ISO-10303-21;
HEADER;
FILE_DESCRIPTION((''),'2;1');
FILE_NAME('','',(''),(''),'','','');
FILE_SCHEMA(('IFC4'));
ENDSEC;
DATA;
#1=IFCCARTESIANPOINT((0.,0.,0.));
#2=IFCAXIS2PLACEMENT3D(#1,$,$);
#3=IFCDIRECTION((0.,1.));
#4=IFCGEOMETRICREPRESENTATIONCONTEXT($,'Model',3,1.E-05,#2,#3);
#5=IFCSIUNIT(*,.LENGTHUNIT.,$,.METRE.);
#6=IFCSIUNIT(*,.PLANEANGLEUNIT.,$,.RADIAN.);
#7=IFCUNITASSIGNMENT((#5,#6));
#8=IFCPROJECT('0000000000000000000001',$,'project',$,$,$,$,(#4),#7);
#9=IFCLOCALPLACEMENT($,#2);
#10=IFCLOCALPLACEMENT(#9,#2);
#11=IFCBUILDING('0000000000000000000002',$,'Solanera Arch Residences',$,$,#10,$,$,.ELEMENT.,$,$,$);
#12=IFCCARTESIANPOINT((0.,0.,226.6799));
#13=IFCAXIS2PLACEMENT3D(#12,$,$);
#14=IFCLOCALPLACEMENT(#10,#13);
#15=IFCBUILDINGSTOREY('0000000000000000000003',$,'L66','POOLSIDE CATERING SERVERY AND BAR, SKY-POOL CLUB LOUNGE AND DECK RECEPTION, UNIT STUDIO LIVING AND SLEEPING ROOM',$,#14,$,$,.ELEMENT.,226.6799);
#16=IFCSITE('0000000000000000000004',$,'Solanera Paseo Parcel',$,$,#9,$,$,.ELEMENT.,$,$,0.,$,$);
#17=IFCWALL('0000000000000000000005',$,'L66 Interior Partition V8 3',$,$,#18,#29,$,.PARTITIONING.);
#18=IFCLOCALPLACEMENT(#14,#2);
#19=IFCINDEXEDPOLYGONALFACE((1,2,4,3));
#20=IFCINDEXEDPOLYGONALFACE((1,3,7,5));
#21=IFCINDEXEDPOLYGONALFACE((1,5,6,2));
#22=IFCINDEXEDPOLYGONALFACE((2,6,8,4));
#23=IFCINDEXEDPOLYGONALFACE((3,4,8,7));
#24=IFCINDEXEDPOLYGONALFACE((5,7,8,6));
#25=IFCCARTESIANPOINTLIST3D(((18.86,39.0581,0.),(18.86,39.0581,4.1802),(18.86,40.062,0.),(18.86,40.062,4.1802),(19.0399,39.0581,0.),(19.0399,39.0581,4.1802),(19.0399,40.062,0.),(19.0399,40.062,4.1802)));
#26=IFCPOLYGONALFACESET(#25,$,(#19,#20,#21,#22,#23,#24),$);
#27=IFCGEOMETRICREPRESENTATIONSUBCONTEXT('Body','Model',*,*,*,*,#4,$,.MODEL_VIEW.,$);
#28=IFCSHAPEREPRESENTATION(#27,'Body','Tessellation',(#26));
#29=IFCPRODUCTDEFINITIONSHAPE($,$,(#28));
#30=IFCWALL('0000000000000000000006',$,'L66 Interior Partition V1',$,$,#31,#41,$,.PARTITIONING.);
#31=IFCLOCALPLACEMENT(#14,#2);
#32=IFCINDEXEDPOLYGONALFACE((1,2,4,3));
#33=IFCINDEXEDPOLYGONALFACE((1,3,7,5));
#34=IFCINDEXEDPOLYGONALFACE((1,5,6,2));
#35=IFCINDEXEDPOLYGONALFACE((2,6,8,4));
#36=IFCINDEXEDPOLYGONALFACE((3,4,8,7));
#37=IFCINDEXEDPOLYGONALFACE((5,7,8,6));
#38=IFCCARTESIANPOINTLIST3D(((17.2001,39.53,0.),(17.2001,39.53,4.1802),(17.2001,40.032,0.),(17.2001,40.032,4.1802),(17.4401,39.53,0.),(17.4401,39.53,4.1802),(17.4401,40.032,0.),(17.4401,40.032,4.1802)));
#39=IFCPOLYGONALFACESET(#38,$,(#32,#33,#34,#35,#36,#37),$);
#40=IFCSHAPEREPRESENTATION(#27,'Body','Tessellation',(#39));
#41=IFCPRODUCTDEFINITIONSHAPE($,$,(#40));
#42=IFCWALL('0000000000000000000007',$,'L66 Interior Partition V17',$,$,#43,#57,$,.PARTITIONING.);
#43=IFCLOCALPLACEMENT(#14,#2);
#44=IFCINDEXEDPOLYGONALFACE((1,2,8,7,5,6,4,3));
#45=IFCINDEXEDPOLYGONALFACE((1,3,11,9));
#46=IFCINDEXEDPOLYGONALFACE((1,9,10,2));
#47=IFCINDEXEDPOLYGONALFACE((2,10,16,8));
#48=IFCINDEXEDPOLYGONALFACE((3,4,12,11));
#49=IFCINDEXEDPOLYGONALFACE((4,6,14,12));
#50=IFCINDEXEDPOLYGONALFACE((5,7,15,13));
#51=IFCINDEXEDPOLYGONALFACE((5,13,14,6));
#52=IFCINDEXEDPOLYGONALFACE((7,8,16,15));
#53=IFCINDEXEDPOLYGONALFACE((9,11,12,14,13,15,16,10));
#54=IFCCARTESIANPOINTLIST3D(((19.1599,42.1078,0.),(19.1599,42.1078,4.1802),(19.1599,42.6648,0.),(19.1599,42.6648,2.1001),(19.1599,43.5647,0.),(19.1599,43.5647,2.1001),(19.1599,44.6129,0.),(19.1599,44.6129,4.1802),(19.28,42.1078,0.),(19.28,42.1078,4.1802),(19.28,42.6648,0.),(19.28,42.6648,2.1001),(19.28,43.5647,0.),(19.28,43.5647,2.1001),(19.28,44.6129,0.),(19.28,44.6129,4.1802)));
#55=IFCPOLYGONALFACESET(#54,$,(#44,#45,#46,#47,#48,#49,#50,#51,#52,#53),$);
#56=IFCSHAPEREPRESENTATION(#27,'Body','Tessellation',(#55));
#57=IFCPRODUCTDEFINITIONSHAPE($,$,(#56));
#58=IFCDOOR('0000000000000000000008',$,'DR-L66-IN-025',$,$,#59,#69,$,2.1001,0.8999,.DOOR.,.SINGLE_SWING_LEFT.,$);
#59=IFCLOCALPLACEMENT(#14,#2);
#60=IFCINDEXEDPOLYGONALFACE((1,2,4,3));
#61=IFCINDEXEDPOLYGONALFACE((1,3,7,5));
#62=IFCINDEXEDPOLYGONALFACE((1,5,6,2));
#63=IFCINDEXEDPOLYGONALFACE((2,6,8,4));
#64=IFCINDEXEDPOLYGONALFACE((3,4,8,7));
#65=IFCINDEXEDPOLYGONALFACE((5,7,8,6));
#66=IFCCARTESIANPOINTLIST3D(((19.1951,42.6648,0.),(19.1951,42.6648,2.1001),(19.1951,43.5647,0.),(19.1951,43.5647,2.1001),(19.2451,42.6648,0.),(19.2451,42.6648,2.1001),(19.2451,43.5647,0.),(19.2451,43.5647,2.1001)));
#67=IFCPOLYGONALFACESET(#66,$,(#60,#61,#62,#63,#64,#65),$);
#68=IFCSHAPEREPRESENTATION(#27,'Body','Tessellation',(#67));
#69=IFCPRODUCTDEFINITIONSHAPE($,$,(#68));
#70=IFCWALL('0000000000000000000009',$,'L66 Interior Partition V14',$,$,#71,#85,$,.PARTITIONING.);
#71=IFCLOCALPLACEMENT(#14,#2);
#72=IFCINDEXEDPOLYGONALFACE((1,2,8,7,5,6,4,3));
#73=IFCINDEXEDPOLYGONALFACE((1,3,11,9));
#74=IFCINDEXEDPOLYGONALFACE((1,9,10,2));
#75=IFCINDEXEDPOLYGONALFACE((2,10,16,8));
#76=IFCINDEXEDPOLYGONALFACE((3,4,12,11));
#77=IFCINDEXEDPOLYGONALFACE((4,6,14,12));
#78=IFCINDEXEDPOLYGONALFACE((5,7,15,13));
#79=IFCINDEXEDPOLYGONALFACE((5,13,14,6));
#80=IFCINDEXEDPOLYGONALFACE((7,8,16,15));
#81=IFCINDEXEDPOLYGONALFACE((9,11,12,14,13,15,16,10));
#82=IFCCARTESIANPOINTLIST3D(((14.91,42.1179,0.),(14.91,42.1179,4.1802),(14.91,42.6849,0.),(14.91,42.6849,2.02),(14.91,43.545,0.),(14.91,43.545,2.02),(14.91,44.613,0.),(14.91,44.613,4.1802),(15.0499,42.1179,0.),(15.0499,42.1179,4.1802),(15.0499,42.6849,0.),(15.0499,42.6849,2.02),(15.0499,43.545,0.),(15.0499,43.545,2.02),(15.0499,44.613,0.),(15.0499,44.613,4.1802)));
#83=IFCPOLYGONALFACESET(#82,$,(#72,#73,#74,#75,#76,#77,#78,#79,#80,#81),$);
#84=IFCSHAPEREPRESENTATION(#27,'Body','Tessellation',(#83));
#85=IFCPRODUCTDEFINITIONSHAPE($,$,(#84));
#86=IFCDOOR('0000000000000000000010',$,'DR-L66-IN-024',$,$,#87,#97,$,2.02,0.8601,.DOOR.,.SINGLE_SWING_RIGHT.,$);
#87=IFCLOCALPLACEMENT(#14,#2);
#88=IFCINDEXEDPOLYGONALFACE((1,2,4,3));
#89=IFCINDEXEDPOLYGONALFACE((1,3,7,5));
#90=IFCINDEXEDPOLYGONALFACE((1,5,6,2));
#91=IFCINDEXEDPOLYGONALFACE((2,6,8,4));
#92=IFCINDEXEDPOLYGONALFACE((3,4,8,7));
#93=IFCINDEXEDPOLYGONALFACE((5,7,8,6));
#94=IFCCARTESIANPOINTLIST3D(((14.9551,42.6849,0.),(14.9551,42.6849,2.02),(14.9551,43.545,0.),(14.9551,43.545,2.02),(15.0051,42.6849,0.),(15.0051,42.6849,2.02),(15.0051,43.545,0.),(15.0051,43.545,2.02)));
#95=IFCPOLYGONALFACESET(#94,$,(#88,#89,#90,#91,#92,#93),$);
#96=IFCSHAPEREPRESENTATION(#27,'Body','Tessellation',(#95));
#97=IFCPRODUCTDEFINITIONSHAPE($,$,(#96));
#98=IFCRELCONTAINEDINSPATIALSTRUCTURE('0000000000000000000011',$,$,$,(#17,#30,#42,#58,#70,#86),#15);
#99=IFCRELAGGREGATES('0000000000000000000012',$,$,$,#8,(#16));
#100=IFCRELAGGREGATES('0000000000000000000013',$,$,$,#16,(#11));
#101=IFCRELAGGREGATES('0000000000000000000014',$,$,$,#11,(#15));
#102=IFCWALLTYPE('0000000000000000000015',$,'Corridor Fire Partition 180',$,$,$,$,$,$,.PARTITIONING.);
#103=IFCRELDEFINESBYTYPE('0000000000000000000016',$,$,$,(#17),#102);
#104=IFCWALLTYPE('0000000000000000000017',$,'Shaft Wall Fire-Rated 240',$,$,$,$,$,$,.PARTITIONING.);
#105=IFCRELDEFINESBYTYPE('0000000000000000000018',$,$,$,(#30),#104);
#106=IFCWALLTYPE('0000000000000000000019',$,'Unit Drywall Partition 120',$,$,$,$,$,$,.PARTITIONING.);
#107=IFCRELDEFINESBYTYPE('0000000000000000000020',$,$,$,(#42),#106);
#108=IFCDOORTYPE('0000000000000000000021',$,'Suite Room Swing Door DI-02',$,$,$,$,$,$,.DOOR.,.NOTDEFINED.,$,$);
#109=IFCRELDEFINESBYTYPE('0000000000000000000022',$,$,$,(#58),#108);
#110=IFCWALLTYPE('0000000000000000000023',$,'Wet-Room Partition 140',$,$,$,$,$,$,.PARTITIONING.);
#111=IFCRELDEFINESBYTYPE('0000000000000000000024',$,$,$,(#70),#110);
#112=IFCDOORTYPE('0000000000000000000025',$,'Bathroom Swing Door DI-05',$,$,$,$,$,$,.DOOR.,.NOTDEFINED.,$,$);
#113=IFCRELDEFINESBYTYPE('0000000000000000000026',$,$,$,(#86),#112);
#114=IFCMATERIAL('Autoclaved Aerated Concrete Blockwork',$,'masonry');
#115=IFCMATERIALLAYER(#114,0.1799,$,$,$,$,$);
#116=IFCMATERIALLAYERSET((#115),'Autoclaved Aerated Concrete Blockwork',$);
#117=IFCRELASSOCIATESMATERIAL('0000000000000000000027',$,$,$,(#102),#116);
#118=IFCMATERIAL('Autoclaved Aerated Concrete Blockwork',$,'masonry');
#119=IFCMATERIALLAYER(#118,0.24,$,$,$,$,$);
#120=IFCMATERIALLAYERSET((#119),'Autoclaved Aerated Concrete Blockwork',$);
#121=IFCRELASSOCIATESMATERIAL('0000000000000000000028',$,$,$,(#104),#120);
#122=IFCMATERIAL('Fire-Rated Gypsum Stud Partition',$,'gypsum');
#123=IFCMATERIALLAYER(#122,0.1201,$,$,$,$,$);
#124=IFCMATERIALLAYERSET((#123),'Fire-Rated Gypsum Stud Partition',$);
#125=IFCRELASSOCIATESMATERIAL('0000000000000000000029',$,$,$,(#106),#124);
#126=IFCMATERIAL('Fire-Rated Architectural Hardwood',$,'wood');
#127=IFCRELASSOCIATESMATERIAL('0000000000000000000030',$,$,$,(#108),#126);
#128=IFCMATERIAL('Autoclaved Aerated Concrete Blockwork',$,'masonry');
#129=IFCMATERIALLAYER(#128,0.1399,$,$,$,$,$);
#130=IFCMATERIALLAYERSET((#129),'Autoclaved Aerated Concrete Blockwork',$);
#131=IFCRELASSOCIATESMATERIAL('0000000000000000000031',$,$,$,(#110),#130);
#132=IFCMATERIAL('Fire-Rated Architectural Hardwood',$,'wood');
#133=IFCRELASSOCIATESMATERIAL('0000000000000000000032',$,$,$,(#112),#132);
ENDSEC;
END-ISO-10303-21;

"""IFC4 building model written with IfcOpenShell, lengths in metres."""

from ifc_helpers import new_model, si_unit, direction, frame, frame_2d, origin, place, context, subcontext, project, spatial, rectangle, extrude, material, layer, layer_set, type_object, element, fill, save


model = new_model("IFC4")

# Units and contexts
model_context = context("Model", 3, precision=1e-05, world=origin(), true_north=direction((0.0, 1.0)))
body_context = subcontext(model_context, "Body", "Model", "MODEL_VIEW")
ifc_project = project(units=[si_unit("LENGTHUNIT", "METRE"), si_unit("PLANEANGLEUNIT", "RADIAN")], contexts=[model_context])

# Site, building, storey
site_placement = place(None, origin())
site = spatial("IfcSite", under=ifc_project, at=site_placement, Name="Solanera Paseo Parcel", CompositionType="ELEMENT", RefElevation=0.0)
building_placement = place(site_placement, origin())
building = spatial("IfcBuilding", under=site, at=building_placement, Name="Solanera Arch Residences", CompositionType="ELEMENT")
storey_placement = place(building_placement, frame((0.0, 0.0, 226.6799)))
storey = spatial("IfcBuildingStorey", under=building, at=storey_placement, Name="L66", Description="POOLSIDE CATERING SERVERY AND BAR, SKY-POOL CLUB LOUNGE AND DECK RECEPTION, UNIT STUDIO LIVING AND SLEEPING ROOM", CompositionType="ELEMENT", Elevation=226.6799)

# Walls
ifc_material_1 = material(Name="Autoclaved Aerated Concrete Blockwork", Category="masonry")
ifc_layer_1 = layer(ifc_material_1, 0.1799)
ifc_layer_set_1 = layer_set([ifc_layer_1], Name="Autoclaved Aerated Concrete Blockwork")
wall_type_1 = type_object("IfcWallType", Name="Corridor Fire Partition 180", PredefinedType="PARTITIONING", material=ifc_layer_set_1)
wall_1_placement = place(storey_placement, frame((18.95, 39.0581, 0.0), z_axis=(0.0, 0.0, 1.0), x_axis=(0.0, 1.0, 0.0)))
element("IfcWall", 1, at=wall_1_placement, inside=storey, type_object=wall_type_1, Name="L66 Interior Partition V8 3", PredefinedType="PARTITIONING", context=body_context, shape_type="SweptSolid", body=[
    extrude(rectangle(XDim=1.0039, YDim=0.1799, at=frame_2d((0.502, 0.0))), origin(), (0.0, 0.0, 1.0), 4.1802),
])
ifc_material_2 = material(Name="Autoclaved Aerated Concrete Blockwork", Category="masonry")
ifc_layer_2 = layer(ifc_material_2, 0.24)
ifc_layer_set_2 = layer_set([ifc_layer_2], Name="Autoclaved Aerated Concrete Blockwork")
wall_type_2 = type_object("IfcWallType", Name="Shaft Wall Fire-Rated 240", PredefinedType="PARTITIONING", material=ifc_layer_set_2)
wall_2_placement = place(storey_placement, frame((17.3201, 39.53, 0.0), z_axis=(0.0, 0.0, 1.0), x_axis=(0.0, 1.0, 0.0)))
element("IfcWall", 2, at=wall_2_placement, inside=storey, type_object=wall_type_2, Name="L66 Interior Partition V1", PredefinedType="PARTITIONING", context=body_context, shape_type="SweptSolid", body=[
    extrude(rectangle(XDim=0.502, YDim=0.24, at=frame_2d((0.251, 0.0))), origin(), (0.0, 0.0, 1.0), 4.1802),
])

# Walls, openings, doors
ifc_material_3 = material(Name="Fire-Rated Gypsum Stud Partition", Category="gypsum")
ifc_layer_3 = layer(ifc_material_3, 0.1201)
ifc_layer_set_3 = layer_set([ifc_layer_3], Name="Fire-Rated Gypsum Stud Partition")
wall_type_3 = type_object("IfcWallType", Name="Unit Drywall Partition 120", PredefinedType="PARTITIONING", material=ifc_layer_set_3)
wall_3_placement = place(storey_placement, frame((19.22, 42.1079, 0.0), z_axis=(0.0, 0.0, 1.0), x_axis=(0.0, 1.0, 0.0)))
wall_3 = element("IfcWall", 3, at=wall_3_placement, inside=storey, type_object=wall_type_3, Name="L66 Interior Partition V17", PredefinedType="PARTITIONING", context=body_context, shape_type="SweptSolid", body=[
    extrude(rectangle(XDim=2.5051, YDim=0.1201, at=frame_2d((1.2524, 0.0))), origin(), (0.0, 0.0, 1.0), 4.1802),
])
opening_1_placement = place(wall_3_placement, frame((0.5569, 0.0, 0.0)))
opening_1 = element("IfcOpeningElement", 4, at=opening_1_placement, cuts=wall_3, PredefinedType="OPENING", context=body_context, shape_type="SweptSolid", body=[
    extrude(rectangle(XDim=0.8999, YDim=2.1001, at=frame_2d((0.45, 1.05))), frame((0.0, 0.0701, 0.0), z_axis=(0.0, -1.0, 0.0), x_axis=(1.0, 0.0, 0.0)), (0.0, 0.0, 1.0), 0.1401),
])
ifc_material_4 = material(Name="Fire-Rated Architectural Hardwood", Category="wood")
door_type_1 = type_object("IfcDoorType", Name="Suite Room Swing Door DI-02", OperationType="NOTDEFINED", PredefinedType="DOOR", material=ifc_material_4)
door_1_placement = place(opening_1_placement, origin())
door_1 = element("IfcDoor", 5, at=door_1_placement, inside=storey, type_object=door_type_1, Name="DR-L66-IN-025", OperationType="SINGLE_SWING_LEFT", OverallHeight=2.1001, OverallWidth=0.8999, PredefinedType="DOOR", context=body_context, shape_type="SweptSolid", body=[
    extrude(rectangle(XDim=0.8999, YDim=2.1001, at=frame_2d((0.45, 1.05))), frame((0.0, 0.0249, 0.0), z_axis=(0.0, -1.0, 0.0), x_axis=(1.0, 0.0, 0.0)), (0.0, 0.0, 1.0), 0.05),
])
fill(opening_1, door_1)
ifc_material_5 = material(Name="Autoclaved Aerated Concrete Blockwork", Category="masonry")
ifc_layer_4 = layer(ifc_material_5, 0.1399)
ifc_layer_set_4 = layer_set([ifc_layer_4], Name="Autoclaved Aerated Concrete Blockwork")
wall_type_4 = type_object("IfcWallType", Name="Wet-Room Partition 140", PredefinedType="PARTITIONING", material=ifc_layer_set_4)
wall_4_placement = place(storey_placement, frame((14.98, 42.1179, 0.0), z_axis=(0.0, 0.0, 1.0), x_axis=(0.0, 1.0, 0.0)))
wall_4 = element("IfcWall", 6, at=wall_4_placement, inside=storey, type_object=wall_type_4, Name="L66 Interior Partition V14", PredefinedType="PARTITIONING", context=body_context, shape_type="SweptSolid", body=[
    extrude(rectangle(XDim=2.4951, YDim=0.1399, at=frame_2d((1.2476, 0.0))), origin(), (0.0, 0.0, 1.0), 4.1802),
])
opening_2_placement = place(wall_4_placement, frame((0.5669, 0.0, 0.0)))
opening_2 = element("IfcOpeningElement", 7, at=opening_2_placement, cuts=wall_4, PredefinedType="OPENING", context=body_context, shape_type="SweptSolid", body=[
    extrude(rectangle(XDim=0.8601, YDim=2.02, at=frame_2d((0.4302, 1.01))), frame((0.0, 0.0798, 0.0), z_axis=(0.0, -1.0, 0.0), x_axis=(1.0, 0.0, 0.0)), (0.0, 0.0, 1.0), 0.1599),
])
ifc_material_6 = material(Name="Fire-Rated Architectural Hardwood", Category="wood")
door_type_2 = type_object("IfcDoorType", Name="Bathroom Swing Door DI-05", OperationType="NOTDEFINED", PredefinedType="DOOR", material=ifc_material_6)
door_2_placement = place(opening_2_placement, origin())
door_2 = element("IfcDoor", 8, at=door_2_placement, inside=storey, type_object=door_type_2, Name="DR-L66-IN-024", OperationType="SINGLE_SWING_RIGHT", OverallHeight=2.02, OverallWidth=0.8601, PredefinedType="DOOR", context=body_context, shape_type="SweptSolid", body=[
    extrude(rectangle(XDim=0.8601, YDim=2.02, at=frame_2d((0.4302, 1.01))), frame((0.0, 0.0249, 0.0), z_axis=(0.0, -1.0, 0.0), x_axis=(1.0, 0.0, 0.0)), (0.0, 0.0, 1.0), 0.05),
])
fill(opening_2, door_2)

save(model, "model.ifc")
